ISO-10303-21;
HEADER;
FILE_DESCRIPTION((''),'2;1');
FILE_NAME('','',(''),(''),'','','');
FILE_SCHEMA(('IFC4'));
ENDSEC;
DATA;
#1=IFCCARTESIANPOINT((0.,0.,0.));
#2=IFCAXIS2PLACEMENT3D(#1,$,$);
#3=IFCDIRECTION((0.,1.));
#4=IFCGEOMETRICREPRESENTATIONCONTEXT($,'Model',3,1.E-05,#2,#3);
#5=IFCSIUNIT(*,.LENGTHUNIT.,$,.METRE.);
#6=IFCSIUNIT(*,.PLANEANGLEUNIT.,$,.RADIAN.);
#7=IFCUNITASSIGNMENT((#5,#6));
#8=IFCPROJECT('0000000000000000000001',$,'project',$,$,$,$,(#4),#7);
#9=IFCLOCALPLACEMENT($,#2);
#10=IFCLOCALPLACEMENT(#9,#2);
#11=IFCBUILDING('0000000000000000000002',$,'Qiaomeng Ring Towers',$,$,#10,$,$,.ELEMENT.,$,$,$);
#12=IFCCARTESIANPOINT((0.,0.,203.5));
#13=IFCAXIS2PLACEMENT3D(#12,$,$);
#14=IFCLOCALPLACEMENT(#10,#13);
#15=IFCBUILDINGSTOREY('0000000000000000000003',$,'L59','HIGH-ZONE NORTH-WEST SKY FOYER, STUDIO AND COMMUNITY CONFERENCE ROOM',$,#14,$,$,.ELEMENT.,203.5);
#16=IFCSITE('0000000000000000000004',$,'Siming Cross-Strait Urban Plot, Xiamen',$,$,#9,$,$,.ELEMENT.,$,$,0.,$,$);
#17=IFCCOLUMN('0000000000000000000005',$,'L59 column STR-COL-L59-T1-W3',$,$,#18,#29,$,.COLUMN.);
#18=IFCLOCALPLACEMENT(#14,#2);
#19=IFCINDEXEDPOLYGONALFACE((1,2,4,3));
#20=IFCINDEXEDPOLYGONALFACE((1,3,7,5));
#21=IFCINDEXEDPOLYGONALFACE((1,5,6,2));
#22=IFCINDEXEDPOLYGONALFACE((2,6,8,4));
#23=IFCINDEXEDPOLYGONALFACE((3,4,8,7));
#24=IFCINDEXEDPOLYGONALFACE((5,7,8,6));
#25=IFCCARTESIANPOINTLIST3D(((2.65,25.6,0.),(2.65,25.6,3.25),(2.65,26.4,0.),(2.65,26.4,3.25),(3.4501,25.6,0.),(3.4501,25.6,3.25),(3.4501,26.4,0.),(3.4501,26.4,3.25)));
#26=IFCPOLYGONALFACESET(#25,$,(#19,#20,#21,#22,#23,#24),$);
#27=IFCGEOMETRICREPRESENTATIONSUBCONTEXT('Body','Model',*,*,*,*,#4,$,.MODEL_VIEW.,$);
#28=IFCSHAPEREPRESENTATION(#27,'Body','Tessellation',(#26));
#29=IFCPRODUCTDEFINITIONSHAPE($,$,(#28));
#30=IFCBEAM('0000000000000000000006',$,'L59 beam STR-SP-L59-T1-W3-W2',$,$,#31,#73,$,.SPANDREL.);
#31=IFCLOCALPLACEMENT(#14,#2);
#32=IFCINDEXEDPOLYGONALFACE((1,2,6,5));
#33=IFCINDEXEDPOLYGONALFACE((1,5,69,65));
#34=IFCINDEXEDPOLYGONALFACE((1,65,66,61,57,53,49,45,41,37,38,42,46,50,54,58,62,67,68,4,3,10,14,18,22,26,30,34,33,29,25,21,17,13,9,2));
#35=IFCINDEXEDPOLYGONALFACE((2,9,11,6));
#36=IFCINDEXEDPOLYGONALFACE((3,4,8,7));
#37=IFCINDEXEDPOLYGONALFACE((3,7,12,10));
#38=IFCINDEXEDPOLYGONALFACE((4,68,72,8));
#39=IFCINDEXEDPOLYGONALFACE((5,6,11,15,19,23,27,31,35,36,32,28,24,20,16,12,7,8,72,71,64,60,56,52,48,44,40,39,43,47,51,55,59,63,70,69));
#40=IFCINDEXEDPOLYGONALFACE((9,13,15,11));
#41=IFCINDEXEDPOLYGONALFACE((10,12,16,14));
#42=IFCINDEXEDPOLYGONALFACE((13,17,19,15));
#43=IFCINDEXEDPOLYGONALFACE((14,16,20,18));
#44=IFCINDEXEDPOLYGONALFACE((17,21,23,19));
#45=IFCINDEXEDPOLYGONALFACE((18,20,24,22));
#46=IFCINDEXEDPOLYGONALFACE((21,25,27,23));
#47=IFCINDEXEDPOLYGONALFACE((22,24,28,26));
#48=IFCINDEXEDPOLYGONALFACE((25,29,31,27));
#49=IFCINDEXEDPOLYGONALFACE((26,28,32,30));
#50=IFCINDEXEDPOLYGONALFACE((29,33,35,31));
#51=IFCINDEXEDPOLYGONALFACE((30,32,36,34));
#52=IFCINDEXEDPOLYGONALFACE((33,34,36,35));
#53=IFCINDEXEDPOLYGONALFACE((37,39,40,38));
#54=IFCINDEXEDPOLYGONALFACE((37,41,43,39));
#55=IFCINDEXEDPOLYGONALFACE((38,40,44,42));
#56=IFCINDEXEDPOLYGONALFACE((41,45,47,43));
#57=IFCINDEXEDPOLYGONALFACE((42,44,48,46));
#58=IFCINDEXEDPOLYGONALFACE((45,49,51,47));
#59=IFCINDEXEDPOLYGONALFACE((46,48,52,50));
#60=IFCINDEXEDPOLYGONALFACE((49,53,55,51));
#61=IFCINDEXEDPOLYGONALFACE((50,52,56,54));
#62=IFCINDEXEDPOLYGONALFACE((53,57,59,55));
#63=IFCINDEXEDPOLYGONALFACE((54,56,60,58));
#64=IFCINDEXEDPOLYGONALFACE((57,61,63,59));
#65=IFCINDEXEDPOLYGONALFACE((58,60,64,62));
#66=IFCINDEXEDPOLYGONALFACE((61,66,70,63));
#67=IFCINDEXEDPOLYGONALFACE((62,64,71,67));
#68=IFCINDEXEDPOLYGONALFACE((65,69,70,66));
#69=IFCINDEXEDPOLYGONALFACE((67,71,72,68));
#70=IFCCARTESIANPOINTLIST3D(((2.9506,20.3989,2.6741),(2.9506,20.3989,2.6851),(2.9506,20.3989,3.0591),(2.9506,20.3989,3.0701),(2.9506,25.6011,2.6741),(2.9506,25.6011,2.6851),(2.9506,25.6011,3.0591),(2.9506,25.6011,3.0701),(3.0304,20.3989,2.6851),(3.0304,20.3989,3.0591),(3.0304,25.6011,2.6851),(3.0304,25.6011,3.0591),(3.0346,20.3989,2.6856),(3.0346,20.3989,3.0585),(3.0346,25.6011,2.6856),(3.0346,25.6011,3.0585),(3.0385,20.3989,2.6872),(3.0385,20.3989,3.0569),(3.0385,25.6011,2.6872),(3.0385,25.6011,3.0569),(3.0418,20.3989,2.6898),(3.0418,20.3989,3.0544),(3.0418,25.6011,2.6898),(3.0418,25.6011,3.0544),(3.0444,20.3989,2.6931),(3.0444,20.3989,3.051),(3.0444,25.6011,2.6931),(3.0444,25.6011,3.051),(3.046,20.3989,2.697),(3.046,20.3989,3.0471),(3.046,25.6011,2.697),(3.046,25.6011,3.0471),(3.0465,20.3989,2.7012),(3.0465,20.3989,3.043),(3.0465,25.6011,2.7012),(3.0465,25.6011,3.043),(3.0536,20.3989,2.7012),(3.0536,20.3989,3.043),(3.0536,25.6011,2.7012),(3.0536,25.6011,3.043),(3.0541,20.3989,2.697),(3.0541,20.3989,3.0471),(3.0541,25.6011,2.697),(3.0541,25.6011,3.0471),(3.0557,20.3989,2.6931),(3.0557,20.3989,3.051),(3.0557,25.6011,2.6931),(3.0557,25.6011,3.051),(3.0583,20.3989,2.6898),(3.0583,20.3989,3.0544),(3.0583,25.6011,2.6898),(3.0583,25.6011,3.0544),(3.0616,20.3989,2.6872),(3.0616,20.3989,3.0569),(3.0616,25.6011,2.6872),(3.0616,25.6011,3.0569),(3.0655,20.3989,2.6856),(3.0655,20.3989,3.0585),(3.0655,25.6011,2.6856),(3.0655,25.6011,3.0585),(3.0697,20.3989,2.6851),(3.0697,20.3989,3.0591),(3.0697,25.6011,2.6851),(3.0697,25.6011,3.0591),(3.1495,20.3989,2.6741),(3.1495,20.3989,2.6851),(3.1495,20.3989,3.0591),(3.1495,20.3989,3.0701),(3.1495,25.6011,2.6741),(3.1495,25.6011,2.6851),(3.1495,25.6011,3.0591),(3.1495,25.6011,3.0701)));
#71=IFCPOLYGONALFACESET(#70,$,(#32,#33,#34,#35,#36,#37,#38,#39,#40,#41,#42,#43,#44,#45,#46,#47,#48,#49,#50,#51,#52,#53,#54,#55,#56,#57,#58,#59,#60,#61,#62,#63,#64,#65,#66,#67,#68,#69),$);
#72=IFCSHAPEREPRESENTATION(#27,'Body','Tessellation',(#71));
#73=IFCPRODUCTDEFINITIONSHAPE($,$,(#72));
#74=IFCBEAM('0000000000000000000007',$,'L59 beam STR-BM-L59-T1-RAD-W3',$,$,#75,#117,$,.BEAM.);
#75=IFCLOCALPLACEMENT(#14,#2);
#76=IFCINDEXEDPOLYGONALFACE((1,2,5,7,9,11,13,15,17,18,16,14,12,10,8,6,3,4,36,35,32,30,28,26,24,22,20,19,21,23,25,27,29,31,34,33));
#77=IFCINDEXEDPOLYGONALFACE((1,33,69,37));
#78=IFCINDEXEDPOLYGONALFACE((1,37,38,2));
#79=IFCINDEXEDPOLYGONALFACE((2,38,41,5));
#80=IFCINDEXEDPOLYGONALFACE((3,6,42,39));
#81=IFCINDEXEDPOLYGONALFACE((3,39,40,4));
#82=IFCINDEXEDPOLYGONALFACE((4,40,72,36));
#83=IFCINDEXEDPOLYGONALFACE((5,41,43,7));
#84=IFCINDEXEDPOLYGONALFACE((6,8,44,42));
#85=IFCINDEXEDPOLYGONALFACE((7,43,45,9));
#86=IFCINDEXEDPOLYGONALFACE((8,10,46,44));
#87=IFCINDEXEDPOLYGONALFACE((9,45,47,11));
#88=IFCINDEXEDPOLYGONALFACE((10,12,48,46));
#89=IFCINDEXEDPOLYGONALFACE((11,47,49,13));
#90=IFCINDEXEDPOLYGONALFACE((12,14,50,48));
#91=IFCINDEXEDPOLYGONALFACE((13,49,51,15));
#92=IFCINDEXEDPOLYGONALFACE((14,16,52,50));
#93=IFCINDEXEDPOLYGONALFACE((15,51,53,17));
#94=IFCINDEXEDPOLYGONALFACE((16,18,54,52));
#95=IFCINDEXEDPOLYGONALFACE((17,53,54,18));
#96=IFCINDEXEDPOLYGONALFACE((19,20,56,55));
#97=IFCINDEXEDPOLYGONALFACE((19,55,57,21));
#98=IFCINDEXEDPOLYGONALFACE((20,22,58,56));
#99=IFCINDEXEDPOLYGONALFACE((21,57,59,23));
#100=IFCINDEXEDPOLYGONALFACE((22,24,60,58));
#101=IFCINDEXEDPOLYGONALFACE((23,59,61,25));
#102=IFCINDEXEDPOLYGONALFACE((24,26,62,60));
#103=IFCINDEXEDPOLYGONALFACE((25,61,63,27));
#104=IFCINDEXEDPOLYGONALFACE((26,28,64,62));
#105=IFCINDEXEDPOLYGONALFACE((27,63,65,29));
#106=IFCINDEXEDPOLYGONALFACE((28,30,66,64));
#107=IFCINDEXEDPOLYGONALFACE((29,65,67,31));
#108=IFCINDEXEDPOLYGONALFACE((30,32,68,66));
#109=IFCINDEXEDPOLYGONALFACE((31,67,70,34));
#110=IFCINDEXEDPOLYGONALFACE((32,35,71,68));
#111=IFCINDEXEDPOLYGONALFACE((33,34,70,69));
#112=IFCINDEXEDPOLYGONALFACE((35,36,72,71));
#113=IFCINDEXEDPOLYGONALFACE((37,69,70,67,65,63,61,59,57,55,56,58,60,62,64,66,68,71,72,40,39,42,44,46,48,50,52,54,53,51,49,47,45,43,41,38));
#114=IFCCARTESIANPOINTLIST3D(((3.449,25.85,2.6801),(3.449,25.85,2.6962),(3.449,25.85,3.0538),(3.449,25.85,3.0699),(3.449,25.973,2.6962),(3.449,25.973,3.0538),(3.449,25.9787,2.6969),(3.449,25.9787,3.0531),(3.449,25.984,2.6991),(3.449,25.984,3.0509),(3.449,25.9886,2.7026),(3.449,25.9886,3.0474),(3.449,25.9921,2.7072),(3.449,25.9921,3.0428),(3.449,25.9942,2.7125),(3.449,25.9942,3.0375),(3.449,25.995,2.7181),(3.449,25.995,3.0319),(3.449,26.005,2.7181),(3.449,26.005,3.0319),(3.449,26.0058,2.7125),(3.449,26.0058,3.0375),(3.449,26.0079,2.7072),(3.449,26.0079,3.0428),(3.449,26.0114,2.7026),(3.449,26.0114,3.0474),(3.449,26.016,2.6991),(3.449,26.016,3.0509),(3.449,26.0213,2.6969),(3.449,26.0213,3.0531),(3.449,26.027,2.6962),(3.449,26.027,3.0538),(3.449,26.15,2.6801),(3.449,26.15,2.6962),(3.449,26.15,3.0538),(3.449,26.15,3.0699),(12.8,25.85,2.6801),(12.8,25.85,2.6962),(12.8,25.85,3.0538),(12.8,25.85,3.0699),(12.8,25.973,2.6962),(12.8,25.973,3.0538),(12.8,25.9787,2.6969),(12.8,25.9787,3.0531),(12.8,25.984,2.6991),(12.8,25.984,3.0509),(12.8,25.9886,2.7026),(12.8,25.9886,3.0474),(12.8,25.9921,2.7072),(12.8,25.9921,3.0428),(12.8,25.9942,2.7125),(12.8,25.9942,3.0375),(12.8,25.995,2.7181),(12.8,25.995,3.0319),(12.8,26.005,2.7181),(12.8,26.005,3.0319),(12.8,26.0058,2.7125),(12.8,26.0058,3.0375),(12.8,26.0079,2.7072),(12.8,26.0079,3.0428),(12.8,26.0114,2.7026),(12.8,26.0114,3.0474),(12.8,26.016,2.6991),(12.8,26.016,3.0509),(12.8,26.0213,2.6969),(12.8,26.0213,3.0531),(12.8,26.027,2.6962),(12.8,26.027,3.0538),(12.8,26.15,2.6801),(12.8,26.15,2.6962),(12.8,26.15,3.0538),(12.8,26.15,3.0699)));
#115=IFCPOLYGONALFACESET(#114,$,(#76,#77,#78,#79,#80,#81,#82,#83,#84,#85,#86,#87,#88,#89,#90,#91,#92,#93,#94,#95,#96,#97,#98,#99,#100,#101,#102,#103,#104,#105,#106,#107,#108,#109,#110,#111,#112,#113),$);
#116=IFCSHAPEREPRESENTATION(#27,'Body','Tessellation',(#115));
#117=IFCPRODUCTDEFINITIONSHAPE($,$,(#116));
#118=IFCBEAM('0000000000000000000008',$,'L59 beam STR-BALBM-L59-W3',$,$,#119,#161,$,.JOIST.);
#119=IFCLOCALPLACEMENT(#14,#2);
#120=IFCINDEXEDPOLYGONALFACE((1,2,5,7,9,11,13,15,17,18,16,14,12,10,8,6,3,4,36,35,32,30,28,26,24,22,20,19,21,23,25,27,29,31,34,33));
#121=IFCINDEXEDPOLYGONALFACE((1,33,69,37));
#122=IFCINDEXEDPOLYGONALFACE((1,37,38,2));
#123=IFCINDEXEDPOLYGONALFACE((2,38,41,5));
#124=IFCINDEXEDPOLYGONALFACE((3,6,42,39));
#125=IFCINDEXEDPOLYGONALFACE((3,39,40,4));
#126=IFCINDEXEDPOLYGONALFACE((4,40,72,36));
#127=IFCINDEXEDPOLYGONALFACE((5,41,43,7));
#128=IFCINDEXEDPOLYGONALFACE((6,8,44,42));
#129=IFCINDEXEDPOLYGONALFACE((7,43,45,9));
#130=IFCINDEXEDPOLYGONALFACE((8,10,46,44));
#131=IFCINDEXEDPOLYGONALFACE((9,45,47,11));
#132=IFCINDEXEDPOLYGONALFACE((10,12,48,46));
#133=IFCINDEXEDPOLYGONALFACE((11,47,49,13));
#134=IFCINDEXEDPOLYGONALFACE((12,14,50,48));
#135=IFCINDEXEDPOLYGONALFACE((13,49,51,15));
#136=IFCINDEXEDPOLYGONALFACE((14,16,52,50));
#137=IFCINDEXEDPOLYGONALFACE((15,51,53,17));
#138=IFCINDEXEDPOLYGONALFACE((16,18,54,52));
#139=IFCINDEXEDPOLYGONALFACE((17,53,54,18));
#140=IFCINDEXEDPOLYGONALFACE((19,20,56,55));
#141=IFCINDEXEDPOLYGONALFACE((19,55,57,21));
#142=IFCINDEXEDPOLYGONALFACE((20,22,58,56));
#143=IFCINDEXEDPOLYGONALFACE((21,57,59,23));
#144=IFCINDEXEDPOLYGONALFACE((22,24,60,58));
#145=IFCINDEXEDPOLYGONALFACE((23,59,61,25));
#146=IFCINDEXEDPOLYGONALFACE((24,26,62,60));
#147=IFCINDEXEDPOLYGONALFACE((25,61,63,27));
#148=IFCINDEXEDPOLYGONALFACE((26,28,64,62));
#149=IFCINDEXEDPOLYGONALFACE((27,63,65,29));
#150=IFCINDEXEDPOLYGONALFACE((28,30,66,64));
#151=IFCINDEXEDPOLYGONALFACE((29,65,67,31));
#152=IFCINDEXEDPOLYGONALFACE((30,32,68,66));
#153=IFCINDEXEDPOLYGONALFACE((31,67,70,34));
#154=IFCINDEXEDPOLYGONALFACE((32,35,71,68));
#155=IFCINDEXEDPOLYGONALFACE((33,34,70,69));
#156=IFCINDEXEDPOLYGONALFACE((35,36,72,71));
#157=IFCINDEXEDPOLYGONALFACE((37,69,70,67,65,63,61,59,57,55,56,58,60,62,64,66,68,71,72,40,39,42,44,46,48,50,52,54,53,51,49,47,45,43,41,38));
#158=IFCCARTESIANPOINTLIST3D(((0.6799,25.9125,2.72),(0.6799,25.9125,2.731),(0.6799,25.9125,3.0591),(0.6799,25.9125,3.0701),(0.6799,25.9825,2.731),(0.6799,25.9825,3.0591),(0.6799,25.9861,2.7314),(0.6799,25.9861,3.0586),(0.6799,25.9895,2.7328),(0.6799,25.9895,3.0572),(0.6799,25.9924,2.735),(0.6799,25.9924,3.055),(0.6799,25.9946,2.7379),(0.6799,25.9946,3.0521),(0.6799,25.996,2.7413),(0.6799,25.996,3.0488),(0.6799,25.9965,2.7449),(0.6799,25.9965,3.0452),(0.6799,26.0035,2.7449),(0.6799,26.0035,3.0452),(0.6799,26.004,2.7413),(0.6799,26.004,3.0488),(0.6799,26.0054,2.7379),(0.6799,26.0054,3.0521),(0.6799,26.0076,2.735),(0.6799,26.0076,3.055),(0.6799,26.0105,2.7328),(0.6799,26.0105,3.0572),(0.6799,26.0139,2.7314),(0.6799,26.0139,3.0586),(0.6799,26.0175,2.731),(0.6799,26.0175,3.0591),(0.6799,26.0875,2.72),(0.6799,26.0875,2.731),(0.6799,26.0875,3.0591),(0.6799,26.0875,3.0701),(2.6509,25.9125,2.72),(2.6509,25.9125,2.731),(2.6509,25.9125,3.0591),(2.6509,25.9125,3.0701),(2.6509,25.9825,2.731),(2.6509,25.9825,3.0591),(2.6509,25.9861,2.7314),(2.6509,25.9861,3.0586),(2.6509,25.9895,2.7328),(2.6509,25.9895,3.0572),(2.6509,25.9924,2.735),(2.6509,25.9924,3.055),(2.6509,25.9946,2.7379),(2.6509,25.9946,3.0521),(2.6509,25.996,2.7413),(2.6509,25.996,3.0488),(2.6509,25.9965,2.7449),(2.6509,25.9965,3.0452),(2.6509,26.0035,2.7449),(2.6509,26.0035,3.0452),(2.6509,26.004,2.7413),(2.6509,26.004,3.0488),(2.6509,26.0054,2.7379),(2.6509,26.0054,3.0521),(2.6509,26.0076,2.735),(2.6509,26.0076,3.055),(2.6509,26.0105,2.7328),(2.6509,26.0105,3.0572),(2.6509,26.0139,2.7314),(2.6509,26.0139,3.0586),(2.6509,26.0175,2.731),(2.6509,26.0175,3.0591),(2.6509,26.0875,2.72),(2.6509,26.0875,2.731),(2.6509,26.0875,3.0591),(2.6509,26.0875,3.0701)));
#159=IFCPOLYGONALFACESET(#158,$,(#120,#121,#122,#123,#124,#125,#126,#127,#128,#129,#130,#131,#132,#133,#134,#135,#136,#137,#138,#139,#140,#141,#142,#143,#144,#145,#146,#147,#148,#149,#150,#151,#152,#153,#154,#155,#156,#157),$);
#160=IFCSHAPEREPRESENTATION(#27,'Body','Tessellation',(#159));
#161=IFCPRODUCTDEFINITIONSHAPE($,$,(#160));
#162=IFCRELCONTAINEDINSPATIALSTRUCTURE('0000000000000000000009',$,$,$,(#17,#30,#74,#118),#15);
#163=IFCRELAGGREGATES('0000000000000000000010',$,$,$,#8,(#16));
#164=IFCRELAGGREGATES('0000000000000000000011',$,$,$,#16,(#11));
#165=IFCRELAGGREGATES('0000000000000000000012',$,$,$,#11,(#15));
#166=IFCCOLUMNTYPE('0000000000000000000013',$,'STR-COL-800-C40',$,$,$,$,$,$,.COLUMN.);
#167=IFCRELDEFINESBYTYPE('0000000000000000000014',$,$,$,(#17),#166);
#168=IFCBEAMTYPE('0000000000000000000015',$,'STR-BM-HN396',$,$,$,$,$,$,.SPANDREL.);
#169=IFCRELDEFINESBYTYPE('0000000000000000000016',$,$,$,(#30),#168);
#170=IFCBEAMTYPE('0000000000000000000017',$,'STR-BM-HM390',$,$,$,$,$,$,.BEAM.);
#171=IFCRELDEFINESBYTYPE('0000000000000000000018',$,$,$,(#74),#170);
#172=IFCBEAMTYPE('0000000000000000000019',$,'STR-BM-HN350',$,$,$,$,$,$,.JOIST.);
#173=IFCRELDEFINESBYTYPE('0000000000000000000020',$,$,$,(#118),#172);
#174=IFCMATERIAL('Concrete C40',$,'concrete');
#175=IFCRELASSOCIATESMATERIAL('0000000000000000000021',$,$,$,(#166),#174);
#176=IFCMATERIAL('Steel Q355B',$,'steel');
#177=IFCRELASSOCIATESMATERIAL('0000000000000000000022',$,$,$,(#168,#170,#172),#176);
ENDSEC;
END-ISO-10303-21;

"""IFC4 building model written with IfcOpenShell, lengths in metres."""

from ifc_helpers import new_model, si_unit, direction, frame, origin, origin_2d, place, context, subcontext, project, spatial, rectangle, i_section, extrude, source, transform, mapped, material, material_profile, profile_set, type_object, element, save


model = new_model("IFC4")

# Units and contexts
model_context = context("Model", 3, precision=1e-05, world=origin(), true_north=direction((0.0, 1.0)))
body_context = subcontext(model_context, "Body", "Model", "MODEL_VIEW")
ifc_project = project(units=[si_unit("LENGTHUNIT", "METRE"), si_unit("PLANEANGLEUNIT", "RADIAN")], contexts=[model_context])

# Site, building, storey
site_placement = place(None, origin())
site = spatial("IfcSite", under=ifc_project, at=site_placement, Name="Siming Cross-Strait Urban Plot, Xiamen", CompositionType="ELEMENT", RefElevation=0.0)
building_placement = place(site_placement, origin())
building = spatial("IfcBuilding", under=site, at=building_placement, Name="Qiaomeng Ring Towers", CompositionType="ELEMENT")
storey_placement = place(building_placement, frame((0.0, 0.0, 203.5)))
storey = spatial("IfcBuildingStorey", under=building, at=storey_placement, Name="L59", Description="HIGH-ZONE NORTH-WEST SKY FOYER, STUDIO AND COMMUNITY CONFERENCE ROOM", CompositionType="ELEMENT", Elevation=203.5)

# Column
ifc_material_1 = material(Name="Concrete C40", Category="concrete")
ifc_material_profile_1 = material_profile(ifc_material_1, rectangle(XDim=0.8, YDim=0.8, at=origin_2d()), Name="RC COL 800x800")
ifc_profile_set_1 = profile_set([ifc_material_profile_1], Name="Concrete C40")
column_type = type_object("IfcColumnType", Name="STR-COL-800-C40", PredefinedType="COLUMN", material=ifc_profile_set_1)
shared_shape_1 = source(origin(), body_context, "Body", "SweptSolid", [
    extrude(rectangle(XDim=0.8, YDim=0.8, at=origin_2d()), origin(), (0.0, 0.0, 1.0), 3.25),
])
column_placement = place(storey_placement, frame((3.05, 26.0, 0.0), z_axis=(0.0, 0.0, 1.0), x_axis=(1.0, 0.0, 0.0)))
element("IfcColumn", 1, at=column_placement, inside=storey, type_object=column_type, Name="L59 column STR-COL-L59-T1-W3", PredefinedType="COLUMN", context=body_context, shape_type="MappedRepresentation", body=[
    mapped(shared_shape_1, transform((0.0, 0.0, 0.0), x_axis=(1.0, 0.0, 0.0), y_axis=(0.0, 1.0, 0.0), z_axis=(0.0, 0.0, 1.0), scale=1.0)),
])

# Beams
ifc_material_2 = material(Name="Steel Q355B", Category="steel")
ifc_material_profile_2 = material_profile(ifc_material_2, i_section(OverallWidth=0.199, OverallDepth=0.396, WebThickness=0.0071, FlangeThickness=0.011, FilletRadius=0.0161, at=origin_2d()), Name="HN 396x199x7x11")
ifc_profile_set_2 = profile_set([ifc_material_profile_2], Name="Steel Q355B")
beam_type_1 = type_object("IfcBeamType", Name="STR-BM-HN396", PredefinedType="SPANDREL", material=ifc_profile_set_2)
shared_shape_2 = source(origin(), body_context, "Body", "SweptSolid", [
    extrude(i_section(OverallWidth=0.199, OverallDepth=0.396, WebThickness=0.0071, FlangeThickness=0.011, FilletRadius=0.0161, at=origin_2d()), origin(), (0.0, 0.0, 1.0), 5.2021),
])
beam_1_placement = place(storey_placement, frame((3.05, 25.6011, 2.8721), z_axis=(0.0, -1.0, 0.0), x_axis=(1.0, 0.0, 0.0)))
element("IfcBeam", 2, at=beam_1_placement, inside=storey, type_object=beam_type_1, Name="L59 beam STR-SP-L59-T1-W3-W2", PredefinedType="SPANDREL", context=body_context, shape_type="MappedRepresentation", body=[
    mapped(shared_shape_2, transform((0.0, 0.0, 0.0), x_axis=(1.0, 0.0, 0.0), y_axis=(0.0, 1.0, 0.0), z_axis=(0.0, 0.0, 1.0), scale=1.0)),
])
ifc_material_profile_3 = material_profile(ifc_material_2, i_section(OverallWidth=0.3, OverallDepth=0.3899, WebThickness=0.01, FlangeThickness=0.0161, FilletRadius=0.022, at=origin_2d()), Name="HM 390x300x10x16")
ifc_profile_set_3 = profile_set([ifc_material_profile_3], Name="Steel Q355B")
beam_type_2 = type_object("IfcBeamType", Name="STR-BM-HM390", PredefinedType="BEAM", material=ifc_profile_set_3)
shared_shape_3 = source(origin(), body_context, "Body", "SweptSolid", [
    extrude(i_section(OverallWidth=0.3, OverallDepth=0.3899, WebThickness=0.01, FlangeThickness=0.0161, FilletRadius=0.022, at=origin_2d()), origin(), (0.0, 0.0, 1.0), 9.3511),
])
beam_2_placement = place(storey_placement, frame((3.449, 26.0, 2.875), z_axis=(1.0, 0.0, 0.0), x_axis=(0.0, 1.0, 0.0)))
element("IfcBeam", 3, at=beam_2_placement, inside=storey, type_object=beam_type_2, Name="L59 beam STR-BM-L59-T1-RAD-W3", PredefinedType="BEAM", context=body_context, shape_type="MappedRepresentation", body=[
    mapped(shared_shape_3, transform((0.0, 0.0, 0.0), x_axis=(1.0, 0.0, 0.0), y_axis=(0.0, 1.0, 0.0), z_axis=(0.0, 0.0, 1.0), scale=1.0)),
])
ifc_material_profile_4 = material_profile(ifc_material_2, i_section(OverallWidth=0.175, OverallDepth=0.3501, WebThickness=0.0071, FlangeThickness=0.011, FilletRadius=0.0139, at=origin_2d()), Name="HN 350x175x7x11")
ifc_profile_set_4 = profile_set([ifc_material_profile_4], Name="Steel Q355B")
beam_type_3 = type_object("IfcBeamType", Name="STR-BM-HN350", PredefinedType="JOIST", material=ifc_profile_set_4)
shared_shape_4 = source(origin(), body_context, "Body", "SweptSolid", [
    extrude(i_section(OverallWidth=0.175, OverallDepth=0.3501, WebThickness=0.0071, FlangeThickness=0.011, FilletRadius=0.0139, at=origin_2d()), origin(), (0.0, 0.0, 1.0), 1.9709),
])
beam_3_placement = place(storey_placement, frame((0.6799, 26.0, 2.895), z_axis=(1.0, 0.0, 0.0), x_axis=(0.0, 1.0, 0.0)))
element("IfcBeam", 4, at=beam_3_placement, inside=storey, type_object=beam_type_3, Name="L59 beam STR-BALBM-L59-W3", PredefinedType="JOIST", context=body_context, shape_type="MappedRepresentation", body=[
    mapped(shared_shape_4, transform((0.0, 0.0, 0.0), x_axis=(1.0, 0.0, 0.0), y_axis=(0.0, 1.0, 0.0), z_axis=(0.0, 0.0, 1.0), scale=1.0)),
])

save(model, "model.ifc")
